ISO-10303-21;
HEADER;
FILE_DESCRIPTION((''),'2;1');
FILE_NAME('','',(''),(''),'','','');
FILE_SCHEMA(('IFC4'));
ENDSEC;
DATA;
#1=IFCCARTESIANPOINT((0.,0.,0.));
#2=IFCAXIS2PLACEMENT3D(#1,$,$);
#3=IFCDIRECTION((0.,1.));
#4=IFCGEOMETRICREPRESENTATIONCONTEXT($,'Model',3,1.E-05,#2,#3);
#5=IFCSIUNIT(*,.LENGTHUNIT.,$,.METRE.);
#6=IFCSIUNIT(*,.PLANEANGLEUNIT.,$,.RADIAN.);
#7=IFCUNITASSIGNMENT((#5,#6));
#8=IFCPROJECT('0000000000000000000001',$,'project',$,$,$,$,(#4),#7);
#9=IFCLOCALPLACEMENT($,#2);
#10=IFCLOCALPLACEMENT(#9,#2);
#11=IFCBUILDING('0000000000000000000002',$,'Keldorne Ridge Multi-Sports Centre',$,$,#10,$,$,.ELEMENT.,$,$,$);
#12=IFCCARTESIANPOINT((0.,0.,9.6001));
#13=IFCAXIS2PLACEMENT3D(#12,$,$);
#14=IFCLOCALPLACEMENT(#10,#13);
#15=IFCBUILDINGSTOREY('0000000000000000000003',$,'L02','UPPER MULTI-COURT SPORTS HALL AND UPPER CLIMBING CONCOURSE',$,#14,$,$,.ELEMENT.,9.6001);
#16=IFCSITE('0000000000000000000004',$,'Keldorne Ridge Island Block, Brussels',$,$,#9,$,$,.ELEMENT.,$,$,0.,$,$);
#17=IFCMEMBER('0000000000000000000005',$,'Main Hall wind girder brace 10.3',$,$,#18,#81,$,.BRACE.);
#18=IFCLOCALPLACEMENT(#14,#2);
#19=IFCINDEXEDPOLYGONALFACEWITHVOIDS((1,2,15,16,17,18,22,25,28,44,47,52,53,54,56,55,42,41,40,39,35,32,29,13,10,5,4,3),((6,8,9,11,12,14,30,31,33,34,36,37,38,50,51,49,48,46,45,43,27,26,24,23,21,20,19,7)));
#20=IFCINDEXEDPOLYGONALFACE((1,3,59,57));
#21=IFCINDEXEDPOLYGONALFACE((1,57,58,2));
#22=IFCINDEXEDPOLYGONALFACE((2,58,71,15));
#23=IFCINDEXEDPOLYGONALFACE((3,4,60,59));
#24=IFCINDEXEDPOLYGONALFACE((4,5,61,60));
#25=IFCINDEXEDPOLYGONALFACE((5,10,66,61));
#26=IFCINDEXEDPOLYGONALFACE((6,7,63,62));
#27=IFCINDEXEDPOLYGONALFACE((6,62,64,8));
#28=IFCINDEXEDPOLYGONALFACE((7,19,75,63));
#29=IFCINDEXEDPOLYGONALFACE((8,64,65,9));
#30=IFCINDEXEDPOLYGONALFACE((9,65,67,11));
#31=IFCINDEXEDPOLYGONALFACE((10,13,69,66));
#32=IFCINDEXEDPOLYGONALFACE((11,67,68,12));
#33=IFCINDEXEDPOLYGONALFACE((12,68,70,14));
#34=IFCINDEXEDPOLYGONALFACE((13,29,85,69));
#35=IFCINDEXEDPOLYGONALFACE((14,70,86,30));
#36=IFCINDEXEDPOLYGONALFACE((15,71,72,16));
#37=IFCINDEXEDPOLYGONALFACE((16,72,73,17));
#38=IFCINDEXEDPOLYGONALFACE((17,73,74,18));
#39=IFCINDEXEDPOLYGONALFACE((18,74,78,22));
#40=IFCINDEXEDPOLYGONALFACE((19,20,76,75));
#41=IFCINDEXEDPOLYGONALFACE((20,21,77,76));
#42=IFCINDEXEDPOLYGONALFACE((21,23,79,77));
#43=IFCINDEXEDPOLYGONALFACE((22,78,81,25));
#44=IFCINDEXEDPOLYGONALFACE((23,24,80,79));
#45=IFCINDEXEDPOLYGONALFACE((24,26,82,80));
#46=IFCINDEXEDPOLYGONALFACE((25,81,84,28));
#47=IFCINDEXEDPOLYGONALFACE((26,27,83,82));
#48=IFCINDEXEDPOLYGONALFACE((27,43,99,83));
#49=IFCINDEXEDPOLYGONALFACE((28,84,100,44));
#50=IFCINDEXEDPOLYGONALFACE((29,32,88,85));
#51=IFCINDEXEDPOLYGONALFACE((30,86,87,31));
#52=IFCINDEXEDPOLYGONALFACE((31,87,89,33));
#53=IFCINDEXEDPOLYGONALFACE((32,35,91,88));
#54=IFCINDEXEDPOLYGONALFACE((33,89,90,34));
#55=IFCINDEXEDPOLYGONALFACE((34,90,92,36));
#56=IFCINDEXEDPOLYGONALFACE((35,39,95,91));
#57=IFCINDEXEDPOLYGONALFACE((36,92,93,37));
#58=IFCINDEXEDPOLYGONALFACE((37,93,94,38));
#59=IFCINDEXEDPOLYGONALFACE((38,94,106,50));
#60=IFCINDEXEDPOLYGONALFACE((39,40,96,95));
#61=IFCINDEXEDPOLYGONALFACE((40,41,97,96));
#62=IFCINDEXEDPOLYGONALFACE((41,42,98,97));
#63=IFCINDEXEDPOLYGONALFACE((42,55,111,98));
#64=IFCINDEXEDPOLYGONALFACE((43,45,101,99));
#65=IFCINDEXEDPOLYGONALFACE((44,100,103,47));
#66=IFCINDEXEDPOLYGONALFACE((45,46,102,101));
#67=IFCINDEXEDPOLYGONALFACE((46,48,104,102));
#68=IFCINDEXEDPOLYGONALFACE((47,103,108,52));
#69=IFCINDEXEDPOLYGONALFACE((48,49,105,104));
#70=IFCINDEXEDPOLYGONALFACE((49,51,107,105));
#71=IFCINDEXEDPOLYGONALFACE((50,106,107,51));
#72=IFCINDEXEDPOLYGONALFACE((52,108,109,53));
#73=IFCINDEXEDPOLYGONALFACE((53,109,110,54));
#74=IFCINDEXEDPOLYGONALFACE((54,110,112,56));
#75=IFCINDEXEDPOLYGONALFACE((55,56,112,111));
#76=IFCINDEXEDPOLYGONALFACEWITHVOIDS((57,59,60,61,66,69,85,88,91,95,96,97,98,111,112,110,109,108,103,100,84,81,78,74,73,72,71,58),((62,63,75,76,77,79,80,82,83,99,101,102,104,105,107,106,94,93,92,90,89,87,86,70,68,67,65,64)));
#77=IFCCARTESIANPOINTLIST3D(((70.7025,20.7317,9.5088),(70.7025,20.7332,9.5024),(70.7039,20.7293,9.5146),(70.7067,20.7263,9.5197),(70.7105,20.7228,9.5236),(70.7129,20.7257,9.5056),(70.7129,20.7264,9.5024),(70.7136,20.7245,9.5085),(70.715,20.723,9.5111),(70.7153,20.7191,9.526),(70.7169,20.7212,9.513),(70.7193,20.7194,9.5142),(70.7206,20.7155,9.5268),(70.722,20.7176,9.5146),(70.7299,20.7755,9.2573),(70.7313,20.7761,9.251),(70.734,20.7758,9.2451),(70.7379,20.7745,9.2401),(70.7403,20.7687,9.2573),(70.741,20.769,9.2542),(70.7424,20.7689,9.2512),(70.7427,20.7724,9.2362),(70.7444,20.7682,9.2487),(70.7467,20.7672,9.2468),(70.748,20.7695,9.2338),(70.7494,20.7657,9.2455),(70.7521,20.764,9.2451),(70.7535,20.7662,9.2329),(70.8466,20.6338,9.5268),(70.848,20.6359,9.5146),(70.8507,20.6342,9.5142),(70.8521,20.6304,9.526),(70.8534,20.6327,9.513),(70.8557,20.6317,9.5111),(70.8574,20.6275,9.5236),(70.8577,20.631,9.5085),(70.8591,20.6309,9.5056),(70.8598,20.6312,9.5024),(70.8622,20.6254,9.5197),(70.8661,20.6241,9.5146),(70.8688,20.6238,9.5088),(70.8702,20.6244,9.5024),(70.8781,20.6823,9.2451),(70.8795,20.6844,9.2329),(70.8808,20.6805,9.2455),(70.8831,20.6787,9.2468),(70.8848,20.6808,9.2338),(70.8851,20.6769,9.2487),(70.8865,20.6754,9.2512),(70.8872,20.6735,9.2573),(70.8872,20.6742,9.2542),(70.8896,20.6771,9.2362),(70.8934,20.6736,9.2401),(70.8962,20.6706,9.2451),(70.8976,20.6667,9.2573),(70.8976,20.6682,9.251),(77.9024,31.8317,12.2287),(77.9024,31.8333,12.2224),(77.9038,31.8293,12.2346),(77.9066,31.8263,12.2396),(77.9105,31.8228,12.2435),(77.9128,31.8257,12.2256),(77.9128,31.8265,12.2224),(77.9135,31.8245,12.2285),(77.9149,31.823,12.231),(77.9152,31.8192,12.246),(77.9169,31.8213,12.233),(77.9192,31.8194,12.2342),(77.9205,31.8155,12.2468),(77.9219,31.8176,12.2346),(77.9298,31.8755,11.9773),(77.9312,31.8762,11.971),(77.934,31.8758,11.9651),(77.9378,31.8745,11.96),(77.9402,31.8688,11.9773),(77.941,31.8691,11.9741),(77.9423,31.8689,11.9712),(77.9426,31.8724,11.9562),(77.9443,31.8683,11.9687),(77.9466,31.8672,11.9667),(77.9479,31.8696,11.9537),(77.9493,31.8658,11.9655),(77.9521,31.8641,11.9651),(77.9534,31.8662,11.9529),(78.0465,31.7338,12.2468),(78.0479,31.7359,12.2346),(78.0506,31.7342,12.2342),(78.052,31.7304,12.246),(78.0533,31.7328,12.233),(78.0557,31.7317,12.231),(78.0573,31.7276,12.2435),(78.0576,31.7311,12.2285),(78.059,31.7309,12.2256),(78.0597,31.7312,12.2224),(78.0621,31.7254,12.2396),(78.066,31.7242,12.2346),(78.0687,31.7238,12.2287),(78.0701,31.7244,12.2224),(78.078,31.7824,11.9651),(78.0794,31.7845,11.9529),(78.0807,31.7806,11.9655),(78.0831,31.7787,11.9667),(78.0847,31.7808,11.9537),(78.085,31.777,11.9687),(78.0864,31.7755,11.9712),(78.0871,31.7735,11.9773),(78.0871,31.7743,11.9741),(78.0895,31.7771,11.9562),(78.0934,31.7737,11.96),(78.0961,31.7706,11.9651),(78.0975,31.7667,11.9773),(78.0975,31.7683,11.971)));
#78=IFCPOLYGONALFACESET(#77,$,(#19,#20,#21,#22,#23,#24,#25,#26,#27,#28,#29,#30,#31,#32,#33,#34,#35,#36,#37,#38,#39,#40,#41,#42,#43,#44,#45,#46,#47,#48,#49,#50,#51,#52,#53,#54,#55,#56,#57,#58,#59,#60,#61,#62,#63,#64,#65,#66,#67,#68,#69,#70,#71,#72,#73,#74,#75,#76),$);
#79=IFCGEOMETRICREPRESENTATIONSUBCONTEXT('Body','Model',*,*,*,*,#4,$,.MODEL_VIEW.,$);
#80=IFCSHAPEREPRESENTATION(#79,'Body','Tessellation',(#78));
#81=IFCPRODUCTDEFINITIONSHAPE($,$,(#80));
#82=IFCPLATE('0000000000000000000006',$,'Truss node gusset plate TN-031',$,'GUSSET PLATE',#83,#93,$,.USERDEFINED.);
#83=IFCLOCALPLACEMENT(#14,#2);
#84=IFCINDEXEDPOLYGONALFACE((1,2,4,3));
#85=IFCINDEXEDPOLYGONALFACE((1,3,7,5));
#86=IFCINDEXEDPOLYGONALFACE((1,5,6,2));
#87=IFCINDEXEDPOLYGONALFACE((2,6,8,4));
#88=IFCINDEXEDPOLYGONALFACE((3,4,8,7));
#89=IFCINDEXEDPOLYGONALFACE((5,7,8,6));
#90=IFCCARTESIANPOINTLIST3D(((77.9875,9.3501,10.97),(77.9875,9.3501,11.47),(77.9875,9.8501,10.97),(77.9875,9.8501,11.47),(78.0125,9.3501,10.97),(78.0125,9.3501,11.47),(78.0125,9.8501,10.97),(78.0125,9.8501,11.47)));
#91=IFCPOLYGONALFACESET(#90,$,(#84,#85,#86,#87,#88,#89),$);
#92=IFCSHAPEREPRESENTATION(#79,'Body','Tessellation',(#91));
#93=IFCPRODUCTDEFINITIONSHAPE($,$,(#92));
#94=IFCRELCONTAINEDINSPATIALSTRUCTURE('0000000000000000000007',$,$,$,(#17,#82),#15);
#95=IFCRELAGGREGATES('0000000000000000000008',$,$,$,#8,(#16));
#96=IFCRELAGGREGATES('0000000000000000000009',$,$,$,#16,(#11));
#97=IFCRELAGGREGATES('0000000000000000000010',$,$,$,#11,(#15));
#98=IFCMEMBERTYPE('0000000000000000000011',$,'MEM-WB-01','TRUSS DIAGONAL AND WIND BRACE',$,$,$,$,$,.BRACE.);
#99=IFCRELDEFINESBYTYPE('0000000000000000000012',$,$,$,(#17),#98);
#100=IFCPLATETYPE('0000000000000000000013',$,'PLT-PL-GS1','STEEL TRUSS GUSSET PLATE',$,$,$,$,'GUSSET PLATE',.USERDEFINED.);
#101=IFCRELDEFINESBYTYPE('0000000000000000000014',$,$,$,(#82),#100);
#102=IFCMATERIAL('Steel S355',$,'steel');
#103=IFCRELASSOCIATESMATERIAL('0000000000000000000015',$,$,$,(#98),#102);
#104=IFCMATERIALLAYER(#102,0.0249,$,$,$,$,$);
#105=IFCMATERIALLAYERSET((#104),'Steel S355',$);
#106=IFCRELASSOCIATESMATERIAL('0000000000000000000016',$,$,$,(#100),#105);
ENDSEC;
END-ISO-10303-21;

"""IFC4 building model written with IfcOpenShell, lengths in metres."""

from ifc_helpers import new_model, si_unit, direction, frame, origin, origin_2d, place, context, subcontext, project, spatial, rectangle, hollow_rectangle, extrude, material, layer, layer_set, material_profile, profile_set, type_object, element, save


model = new_model("IFC4")

# Units and contexts
model_context = context("Model", 3, precision=1e-05, world=origin(), true_north=direction((0.0, 1.0)))
body_context = subcontext(model_context, "Body", "Model", "MODEL_VIEW")
ifc_project = project(units=[si_unit("LENGTHUNIT", "METRE"), si_unit("PLANEANGLEUNIT", "RADIAN")], contexts=[model_context])

# Site, building, storey
site_placement = place(None, origin())
site = spatial("IfcSite", under=ifc_project, at=site_placement, Name="Keldorne Ridge Island Block, Brussels", CompositionType="ELEMENT", RefElevation=0.0)
building_placement = place(site_placement, origin())
building = spatial("IfcBuilding", under=site, at=building_placement, Name="Keldorne Ridge Multi-Sports Centre", CompositionType="ELEMENT")
storey_placement = place(building_placement, frame((0.0, 0.0, 9.6001)))
storey = spatial("IfcBuildingStorey", under=building, at=storey_placement, Name="L02", Description="UPPER MULTI-COURT SPORTS HALL AND UPPER CLIMBING CONCOURSE", CompositionType="ELEMENT", Elevation=9.6001)

# Shared definitions
ifc_material = material(Name="Steel S355", Category="steel")

# Member
ifc_material_profile_1 = material_profile(ifc_material, hollow_rectangle(XDim=0.2, YDim=0.3, WallThickness=0.0125, InnerFilletRadius=0.0125, OuterFilletRadius=0.0249, at=origin_2d()), Name="RHS 300x200x12.5")
ifc_profile_set_1 = profile_set([ifc_material_profile_1], Name="Steel S355")
member_type_1 = type_object("IfcMemberType", Name="MEM-WB-01", Description="TRUSS DIAGONAL AND WIND BRACE", PredefinedType="BRACE", material=ifc_profile_set_1)
member_1_placement = place(storey_placement, frame((70.8, 20.7, 9.3799), z_axis=(0.533038, 0.821779, 0.201369), x_axis=(-0.838965, 0.544185, 0.0)))
element("IfcMember", 1, at=member_1_placement, inside=storey, type_object=member_type_1, Name="Main Hall wind girder brace 10.3", PredefinedType="BRACE", context=body_context, shape_type="SweptSolid", body=[
    extrude(hollow_rectangle(XDim=0.2, YDim=0.3, WallThickness=0.0125, InnerFilletRadius=0.0125, OuterFilletRadius=0.0249, at=origin_2d()), origin(), (0.0, 0.0, 1.0), 13.5073),
])

# Plate
ifc_layer = layer(ifc_material, 0.0249)
ifc_layer_set = layer_set([ifc_layer], Name="Steel S355")
plate_type = type_object("IfcPlateType", Name="PLT-PL-GS1", Description="STEEL TRUSS GUSSET PLATE", ElementType="GUSSET PLATE", PredefinedType="USERDEFINED", material=ifc_layer_set)
plate_placement = place(storey_placement, frame((78.0, 9.6001, 10.97), z_axis=(0.0, 0.0, 1.0), x_axis=(1.0, 0.0, 0.0)))
element("IfcPlate", 2, at=plate_placement, inside=storey, type_object=plate_type, Name="Truss node gusset plate TN-031", ObjectType="GUSSET PLATE", PredefinedType="USERDEFINED", context=body_context, shape_type="SweptSolid", body=[
    extrude(rectangle(XDim=0.0249, YDim=0.5, at=origin_2d()), origin(), (0.0, 0.0, 1.0), 0.5),
])

save(model, "model.ifc")
